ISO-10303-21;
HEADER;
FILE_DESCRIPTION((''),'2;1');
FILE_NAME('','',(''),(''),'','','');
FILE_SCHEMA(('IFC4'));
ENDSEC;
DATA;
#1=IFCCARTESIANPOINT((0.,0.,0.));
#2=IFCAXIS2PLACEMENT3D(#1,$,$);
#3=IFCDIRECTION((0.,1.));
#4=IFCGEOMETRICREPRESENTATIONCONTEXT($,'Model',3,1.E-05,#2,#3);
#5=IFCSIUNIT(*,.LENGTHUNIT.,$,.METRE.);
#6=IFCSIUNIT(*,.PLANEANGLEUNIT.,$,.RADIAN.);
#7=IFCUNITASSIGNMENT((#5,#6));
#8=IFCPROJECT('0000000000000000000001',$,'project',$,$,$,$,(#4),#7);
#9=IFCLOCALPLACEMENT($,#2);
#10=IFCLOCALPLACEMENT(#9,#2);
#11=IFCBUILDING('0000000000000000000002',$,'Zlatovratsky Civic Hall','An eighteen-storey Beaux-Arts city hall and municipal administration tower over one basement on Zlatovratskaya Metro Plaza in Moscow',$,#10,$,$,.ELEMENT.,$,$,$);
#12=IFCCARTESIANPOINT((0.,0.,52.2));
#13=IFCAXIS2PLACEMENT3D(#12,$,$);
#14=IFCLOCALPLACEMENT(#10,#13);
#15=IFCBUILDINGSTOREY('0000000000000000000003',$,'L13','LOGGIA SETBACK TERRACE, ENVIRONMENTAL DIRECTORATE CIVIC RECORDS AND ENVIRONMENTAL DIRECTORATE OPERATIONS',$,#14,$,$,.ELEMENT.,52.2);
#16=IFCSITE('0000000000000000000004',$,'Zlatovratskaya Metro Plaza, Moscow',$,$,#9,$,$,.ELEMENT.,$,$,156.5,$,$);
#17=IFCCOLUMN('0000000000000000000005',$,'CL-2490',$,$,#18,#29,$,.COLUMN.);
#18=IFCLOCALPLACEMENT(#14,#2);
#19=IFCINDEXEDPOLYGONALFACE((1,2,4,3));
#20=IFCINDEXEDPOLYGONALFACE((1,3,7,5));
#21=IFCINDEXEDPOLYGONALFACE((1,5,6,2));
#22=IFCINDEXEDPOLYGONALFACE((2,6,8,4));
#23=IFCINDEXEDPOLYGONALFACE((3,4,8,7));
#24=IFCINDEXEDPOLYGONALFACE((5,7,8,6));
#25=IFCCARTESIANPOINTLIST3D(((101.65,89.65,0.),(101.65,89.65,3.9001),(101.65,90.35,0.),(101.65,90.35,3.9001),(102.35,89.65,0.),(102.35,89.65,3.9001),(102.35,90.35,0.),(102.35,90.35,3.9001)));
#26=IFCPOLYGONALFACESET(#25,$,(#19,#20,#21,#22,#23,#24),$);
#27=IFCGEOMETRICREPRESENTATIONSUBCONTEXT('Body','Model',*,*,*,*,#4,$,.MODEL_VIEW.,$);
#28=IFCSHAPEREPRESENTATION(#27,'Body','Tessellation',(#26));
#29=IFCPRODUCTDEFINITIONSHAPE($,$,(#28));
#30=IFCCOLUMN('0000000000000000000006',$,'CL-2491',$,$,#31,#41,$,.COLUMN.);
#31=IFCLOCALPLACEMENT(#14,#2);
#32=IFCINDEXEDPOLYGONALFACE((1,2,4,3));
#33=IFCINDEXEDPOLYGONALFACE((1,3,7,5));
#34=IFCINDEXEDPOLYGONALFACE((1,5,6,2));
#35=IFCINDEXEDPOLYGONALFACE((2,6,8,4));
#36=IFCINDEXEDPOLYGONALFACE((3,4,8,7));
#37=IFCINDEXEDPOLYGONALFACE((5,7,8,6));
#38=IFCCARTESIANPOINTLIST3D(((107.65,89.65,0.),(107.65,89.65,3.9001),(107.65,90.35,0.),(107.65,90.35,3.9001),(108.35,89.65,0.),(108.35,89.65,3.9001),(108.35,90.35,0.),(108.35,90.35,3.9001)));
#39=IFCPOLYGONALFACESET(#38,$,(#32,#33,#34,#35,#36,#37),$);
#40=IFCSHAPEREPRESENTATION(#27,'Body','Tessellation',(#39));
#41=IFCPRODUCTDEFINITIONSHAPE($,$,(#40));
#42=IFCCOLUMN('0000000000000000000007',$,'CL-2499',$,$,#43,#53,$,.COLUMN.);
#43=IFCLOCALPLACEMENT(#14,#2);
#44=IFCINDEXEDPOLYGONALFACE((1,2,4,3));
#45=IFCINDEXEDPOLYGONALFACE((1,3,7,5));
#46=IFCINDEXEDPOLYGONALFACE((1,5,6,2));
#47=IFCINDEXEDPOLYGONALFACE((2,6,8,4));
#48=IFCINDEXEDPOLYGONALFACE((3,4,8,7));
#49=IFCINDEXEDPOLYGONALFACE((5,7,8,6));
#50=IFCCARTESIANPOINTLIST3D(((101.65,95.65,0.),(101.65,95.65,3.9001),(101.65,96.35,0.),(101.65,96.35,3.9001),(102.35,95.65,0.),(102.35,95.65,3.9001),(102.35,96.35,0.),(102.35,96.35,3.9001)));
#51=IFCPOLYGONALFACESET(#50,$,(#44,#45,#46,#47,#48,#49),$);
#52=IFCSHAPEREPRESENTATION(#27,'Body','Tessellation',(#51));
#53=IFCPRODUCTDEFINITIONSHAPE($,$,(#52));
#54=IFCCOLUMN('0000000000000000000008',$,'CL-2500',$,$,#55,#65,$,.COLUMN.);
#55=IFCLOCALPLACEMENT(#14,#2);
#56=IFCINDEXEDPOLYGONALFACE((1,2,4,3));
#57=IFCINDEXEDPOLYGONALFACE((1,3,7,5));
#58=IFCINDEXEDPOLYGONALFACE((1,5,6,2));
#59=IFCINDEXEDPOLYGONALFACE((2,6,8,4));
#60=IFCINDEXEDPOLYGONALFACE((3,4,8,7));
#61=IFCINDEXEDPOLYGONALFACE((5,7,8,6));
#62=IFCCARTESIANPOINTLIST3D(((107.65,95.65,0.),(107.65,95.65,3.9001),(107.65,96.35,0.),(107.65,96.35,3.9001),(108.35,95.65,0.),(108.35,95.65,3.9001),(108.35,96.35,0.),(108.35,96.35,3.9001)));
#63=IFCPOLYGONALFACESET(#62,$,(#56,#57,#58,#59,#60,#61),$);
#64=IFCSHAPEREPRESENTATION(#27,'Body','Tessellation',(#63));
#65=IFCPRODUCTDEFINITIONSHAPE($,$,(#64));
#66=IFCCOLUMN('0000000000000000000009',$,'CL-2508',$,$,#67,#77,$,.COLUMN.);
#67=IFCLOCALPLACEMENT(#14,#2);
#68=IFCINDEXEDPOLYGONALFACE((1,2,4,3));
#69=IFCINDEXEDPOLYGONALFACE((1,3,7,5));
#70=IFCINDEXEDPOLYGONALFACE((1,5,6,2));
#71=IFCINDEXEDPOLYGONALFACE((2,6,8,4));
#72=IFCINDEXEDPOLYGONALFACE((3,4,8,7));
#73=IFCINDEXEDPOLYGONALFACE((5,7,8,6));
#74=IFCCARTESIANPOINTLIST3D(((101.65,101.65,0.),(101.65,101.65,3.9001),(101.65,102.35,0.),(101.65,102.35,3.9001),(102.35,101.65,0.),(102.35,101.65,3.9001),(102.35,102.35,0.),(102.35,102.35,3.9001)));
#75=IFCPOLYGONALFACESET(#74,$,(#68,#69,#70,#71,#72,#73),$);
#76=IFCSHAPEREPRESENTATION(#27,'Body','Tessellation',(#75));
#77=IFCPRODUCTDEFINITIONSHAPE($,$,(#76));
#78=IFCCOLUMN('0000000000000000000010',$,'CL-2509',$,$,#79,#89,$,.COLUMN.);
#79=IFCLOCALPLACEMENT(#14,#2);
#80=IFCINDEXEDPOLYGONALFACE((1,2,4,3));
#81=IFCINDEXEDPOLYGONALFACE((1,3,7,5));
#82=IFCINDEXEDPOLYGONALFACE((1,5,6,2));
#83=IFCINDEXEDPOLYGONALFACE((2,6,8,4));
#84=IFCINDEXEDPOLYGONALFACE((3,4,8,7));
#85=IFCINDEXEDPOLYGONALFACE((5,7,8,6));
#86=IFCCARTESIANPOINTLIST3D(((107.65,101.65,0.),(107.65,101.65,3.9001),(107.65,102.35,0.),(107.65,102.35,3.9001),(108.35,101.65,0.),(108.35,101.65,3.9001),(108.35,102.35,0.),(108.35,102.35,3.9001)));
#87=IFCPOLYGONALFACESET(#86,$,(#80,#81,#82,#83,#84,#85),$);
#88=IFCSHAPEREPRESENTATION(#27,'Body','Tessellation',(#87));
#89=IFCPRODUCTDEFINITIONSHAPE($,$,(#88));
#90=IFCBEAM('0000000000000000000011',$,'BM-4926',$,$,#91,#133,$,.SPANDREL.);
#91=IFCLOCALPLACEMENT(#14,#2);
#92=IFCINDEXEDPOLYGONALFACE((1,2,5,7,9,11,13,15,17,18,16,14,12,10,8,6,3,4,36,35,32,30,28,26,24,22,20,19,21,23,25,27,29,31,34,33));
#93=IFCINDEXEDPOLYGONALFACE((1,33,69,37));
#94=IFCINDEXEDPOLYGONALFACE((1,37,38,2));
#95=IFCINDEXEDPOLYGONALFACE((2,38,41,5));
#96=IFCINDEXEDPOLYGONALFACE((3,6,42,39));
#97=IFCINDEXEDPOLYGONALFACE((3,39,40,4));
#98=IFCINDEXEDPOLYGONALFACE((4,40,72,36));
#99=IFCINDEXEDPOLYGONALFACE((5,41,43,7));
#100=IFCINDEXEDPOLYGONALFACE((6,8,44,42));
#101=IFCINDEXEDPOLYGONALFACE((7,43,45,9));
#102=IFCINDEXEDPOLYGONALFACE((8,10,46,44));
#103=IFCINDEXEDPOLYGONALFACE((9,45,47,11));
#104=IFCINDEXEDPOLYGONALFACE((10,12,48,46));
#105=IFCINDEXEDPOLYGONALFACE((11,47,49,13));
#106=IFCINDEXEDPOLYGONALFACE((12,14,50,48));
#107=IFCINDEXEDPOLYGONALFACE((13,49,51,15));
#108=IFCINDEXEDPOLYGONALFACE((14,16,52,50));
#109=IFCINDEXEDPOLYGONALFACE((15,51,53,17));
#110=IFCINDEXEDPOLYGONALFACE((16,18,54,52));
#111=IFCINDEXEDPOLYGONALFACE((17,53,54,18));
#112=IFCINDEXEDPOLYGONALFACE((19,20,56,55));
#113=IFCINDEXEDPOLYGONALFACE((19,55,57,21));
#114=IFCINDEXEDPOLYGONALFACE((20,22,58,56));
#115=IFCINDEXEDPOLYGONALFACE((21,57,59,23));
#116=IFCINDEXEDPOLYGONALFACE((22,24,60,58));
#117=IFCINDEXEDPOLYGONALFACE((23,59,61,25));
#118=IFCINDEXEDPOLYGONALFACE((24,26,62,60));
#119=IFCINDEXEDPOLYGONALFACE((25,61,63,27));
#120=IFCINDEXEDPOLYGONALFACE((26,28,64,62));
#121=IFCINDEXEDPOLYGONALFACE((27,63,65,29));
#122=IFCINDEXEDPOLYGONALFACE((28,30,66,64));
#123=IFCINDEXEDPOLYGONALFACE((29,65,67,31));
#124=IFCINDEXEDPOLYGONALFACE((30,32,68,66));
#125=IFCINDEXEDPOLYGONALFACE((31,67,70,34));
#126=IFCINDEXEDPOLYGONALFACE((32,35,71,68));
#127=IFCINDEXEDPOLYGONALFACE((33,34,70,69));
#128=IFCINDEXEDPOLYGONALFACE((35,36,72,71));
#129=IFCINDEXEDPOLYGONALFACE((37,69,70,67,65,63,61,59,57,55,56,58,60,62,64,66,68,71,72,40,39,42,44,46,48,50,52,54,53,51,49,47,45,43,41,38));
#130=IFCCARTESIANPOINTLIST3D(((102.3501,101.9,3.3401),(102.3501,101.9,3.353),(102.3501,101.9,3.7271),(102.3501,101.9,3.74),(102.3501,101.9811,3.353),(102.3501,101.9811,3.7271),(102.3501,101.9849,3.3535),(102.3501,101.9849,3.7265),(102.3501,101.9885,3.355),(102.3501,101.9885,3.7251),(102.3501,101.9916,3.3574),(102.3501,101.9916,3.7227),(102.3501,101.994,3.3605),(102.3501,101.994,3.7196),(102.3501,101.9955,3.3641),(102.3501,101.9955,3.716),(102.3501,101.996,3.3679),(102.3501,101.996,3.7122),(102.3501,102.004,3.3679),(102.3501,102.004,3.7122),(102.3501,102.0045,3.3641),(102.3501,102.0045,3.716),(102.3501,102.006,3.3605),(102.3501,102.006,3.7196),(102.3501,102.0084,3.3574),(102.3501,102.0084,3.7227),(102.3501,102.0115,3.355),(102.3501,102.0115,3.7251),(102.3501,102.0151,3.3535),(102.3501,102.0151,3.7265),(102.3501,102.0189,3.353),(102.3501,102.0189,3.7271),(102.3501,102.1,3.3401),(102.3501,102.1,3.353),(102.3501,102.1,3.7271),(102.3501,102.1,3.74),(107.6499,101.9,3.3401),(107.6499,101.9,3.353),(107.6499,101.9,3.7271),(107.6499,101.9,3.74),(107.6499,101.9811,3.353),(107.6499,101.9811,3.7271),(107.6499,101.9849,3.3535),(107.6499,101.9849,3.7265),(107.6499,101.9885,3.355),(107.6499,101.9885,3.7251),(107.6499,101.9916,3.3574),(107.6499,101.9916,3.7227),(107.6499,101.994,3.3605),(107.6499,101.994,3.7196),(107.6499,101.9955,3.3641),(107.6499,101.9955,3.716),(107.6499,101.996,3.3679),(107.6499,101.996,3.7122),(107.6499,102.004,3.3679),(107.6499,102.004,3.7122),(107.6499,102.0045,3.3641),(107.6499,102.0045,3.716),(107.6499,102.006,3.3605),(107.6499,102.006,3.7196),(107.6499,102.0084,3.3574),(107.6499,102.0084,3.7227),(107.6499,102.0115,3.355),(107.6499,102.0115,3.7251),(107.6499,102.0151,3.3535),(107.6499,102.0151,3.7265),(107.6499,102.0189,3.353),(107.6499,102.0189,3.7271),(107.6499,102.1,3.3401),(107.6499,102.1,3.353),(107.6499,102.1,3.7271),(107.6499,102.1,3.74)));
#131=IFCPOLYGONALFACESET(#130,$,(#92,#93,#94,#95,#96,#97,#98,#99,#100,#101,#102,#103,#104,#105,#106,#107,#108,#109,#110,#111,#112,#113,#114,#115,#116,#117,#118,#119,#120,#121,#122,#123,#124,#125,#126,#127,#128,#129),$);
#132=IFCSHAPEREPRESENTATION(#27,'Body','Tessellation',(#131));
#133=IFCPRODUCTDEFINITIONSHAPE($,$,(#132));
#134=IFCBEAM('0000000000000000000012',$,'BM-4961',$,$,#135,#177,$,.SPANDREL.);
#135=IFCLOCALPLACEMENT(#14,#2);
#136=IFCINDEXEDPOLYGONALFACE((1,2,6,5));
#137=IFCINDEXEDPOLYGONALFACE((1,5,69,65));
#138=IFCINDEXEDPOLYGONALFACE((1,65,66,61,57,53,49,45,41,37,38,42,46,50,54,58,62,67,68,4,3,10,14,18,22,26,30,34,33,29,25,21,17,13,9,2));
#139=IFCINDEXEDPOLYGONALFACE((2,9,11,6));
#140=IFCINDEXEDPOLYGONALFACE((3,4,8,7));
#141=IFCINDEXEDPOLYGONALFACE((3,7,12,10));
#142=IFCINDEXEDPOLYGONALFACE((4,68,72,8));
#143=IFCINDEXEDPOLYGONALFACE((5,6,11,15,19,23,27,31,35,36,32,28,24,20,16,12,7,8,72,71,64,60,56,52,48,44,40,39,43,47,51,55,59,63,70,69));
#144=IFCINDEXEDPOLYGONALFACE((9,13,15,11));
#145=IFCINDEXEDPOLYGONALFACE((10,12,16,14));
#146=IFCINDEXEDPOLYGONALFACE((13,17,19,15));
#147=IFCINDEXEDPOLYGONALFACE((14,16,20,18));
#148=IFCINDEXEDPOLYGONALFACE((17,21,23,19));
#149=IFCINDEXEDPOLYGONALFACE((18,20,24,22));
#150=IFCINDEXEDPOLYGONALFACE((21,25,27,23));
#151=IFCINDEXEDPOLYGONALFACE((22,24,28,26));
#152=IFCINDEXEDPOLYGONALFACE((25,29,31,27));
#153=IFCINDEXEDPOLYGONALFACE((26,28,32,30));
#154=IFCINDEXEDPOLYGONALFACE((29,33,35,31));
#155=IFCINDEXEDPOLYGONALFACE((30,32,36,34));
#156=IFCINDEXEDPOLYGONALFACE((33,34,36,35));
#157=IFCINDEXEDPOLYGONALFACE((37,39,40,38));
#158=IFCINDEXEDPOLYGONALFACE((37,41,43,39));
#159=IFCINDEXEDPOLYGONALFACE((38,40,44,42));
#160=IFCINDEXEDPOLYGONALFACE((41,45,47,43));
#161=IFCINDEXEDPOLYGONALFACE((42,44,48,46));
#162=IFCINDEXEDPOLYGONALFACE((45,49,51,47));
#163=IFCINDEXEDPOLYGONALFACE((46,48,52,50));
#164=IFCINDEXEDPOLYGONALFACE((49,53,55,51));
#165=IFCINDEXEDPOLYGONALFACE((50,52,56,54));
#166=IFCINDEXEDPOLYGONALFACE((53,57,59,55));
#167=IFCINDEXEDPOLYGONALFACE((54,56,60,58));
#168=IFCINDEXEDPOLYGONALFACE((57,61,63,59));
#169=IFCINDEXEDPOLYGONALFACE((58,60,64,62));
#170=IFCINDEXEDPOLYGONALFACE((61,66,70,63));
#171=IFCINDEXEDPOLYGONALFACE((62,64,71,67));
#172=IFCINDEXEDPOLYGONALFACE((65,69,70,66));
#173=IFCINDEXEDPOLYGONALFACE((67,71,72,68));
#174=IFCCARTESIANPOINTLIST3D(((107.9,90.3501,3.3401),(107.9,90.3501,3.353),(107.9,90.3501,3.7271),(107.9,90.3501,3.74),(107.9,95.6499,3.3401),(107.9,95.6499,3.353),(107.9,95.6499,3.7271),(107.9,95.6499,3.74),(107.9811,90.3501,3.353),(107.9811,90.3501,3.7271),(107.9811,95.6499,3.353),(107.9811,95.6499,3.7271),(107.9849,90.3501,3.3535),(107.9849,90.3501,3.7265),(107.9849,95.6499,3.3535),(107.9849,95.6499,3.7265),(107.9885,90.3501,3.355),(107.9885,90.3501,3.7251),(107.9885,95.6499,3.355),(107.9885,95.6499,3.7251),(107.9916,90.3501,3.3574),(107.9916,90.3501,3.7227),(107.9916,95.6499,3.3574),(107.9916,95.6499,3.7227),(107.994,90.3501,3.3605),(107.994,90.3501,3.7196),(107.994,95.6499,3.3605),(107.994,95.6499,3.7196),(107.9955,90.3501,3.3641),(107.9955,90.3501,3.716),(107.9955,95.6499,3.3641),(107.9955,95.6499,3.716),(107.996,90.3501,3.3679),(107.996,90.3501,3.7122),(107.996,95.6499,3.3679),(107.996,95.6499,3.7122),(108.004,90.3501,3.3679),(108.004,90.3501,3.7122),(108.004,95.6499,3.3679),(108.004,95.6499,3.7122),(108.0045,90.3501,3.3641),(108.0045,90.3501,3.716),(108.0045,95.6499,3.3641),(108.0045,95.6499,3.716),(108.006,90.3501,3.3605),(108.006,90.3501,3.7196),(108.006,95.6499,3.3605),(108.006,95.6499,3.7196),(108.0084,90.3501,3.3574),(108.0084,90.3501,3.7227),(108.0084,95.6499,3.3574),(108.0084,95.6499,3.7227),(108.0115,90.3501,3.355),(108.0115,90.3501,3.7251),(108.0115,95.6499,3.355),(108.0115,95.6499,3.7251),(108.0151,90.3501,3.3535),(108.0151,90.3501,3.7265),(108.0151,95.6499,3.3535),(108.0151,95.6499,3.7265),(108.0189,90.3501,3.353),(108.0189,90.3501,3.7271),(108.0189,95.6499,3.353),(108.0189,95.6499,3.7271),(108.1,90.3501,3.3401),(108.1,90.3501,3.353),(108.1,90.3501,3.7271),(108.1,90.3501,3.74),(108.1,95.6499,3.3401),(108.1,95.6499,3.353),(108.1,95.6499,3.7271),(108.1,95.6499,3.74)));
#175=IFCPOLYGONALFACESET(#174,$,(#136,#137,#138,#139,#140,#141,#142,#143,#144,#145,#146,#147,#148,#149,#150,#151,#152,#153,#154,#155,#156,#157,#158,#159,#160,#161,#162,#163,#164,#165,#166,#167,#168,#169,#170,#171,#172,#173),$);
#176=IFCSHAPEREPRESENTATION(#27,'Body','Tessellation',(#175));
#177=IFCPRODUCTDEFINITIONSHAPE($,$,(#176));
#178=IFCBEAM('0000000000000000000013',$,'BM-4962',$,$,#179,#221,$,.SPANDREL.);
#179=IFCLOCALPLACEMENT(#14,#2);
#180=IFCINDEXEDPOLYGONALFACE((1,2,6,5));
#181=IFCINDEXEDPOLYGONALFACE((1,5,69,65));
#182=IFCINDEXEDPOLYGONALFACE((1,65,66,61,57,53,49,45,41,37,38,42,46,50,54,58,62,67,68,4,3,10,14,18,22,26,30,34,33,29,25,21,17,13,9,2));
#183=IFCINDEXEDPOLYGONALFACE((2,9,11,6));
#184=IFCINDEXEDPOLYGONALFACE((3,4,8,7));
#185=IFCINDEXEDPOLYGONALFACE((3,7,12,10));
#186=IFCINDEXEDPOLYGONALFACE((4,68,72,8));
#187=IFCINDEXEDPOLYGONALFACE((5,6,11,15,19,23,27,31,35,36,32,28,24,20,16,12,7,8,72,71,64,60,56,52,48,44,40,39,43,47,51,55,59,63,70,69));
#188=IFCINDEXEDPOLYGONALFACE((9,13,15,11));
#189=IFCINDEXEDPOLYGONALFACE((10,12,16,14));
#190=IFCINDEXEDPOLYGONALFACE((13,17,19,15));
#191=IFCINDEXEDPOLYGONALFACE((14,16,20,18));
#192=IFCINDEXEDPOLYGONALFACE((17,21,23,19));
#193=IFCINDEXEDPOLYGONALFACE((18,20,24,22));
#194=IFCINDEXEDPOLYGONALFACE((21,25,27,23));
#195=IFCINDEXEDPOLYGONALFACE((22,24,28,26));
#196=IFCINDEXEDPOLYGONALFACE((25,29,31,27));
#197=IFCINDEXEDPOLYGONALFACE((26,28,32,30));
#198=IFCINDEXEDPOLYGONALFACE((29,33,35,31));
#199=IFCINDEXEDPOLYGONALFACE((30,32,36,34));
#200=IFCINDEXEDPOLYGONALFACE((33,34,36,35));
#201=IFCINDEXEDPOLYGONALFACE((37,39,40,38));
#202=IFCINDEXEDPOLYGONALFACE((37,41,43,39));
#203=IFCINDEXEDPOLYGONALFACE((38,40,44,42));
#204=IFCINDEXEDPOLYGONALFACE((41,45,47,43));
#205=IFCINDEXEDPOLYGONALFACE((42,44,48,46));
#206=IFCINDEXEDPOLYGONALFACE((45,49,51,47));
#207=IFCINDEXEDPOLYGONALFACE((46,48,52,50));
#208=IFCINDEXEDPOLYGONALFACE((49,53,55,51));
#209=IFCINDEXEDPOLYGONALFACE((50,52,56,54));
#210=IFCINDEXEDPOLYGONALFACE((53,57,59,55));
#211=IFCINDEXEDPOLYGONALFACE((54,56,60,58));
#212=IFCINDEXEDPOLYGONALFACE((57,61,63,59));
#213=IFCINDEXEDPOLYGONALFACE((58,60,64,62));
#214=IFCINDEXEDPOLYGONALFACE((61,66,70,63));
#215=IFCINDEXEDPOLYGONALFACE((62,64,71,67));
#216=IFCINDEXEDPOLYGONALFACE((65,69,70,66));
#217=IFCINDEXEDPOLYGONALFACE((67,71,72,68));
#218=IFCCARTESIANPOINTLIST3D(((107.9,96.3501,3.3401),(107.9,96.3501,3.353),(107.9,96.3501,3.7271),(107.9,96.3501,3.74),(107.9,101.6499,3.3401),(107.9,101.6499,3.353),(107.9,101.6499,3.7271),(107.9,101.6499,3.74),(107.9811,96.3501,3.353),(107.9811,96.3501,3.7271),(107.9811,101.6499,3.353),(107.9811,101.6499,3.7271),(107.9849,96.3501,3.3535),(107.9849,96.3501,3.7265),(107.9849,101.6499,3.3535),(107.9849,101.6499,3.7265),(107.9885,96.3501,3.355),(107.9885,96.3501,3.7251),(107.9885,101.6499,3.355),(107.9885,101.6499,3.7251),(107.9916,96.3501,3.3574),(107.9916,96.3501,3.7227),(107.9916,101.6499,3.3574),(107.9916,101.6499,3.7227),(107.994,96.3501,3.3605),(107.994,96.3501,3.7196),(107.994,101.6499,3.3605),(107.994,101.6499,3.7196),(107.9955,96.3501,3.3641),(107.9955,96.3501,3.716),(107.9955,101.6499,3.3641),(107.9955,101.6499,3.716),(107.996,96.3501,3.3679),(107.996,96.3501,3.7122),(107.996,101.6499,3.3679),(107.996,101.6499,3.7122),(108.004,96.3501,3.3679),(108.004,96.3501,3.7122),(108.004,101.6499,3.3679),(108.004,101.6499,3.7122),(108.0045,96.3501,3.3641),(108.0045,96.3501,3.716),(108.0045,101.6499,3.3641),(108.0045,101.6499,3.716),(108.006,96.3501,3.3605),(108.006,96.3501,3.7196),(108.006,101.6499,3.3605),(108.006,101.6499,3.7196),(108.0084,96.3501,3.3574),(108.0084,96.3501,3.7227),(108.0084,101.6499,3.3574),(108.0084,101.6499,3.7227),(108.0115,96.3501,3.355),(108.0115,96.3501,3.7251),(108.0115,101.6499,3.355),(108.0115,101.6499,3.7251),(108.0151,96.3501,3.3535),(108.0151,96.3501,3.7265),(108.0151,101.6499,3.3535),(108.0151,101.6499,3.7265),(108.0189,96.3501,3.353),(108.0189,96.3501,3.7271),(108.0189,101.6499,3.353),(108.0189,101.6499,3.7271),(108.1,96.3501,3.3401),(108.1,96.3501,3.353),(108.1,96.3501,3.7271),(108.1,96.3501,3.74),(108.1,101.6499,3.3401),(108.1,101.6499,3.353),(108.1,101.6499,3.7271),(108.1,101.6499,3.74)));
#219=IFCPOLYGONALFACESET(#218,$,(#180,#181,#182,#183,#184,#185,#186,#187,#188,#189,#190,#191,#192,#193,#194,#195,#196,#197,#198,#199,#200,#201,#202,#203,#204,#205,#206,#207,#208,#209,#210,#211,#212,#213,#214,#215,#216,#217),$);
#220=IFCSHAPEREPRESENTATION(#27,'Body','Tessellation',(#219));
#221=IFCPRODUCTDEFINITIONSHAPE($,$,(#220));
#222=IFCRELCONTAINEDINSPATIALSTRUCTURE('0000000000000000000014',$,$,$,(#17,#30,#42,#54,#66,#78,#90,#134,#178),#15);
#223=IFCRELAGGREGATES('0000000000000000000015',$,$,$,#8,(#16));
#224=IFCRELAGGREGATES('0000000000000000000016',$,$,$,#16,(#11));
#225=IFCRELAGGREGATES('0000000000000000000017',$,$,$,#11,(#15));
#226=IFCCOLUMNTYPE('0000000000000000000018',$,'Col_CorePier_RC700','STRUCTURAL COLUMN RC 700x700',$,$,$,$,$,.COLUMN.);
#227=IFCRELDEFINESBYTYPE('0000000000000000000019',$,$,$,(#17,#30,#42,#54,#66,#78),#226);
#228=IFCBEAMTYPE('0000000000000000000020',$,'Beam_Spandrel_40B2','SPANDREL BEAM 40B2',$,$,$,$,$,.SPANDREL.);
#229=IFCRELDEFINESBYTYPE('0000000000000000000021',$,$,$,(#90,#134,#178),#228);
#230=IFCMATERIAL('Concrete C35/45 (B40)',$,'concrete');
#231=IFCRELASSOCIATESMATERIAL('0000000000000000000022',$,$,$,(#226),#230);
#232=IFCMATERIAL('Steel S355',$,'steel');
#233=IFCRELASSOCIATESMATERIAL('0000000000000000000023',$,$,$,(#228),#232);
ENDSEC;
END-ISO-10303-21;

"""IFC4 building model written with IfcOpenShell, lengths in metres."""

from ifc_helpers import new_model, si_unit, direction, frame, origin, origin_2d, place, context, subcontext, project, spatial, rectangle, i_section, extrude, material, material_profile, profile_set, type_object, element, save


model = new_model("IFC4")

# Units and contexts
model_context = context("Model", 3, precision=1e-05, world=origin(), true_north=direction((0.0, 1.0)))
body_context = subcontext(model_context, "Body", "Model", "MODEL_VIEW")
ifc_project = project(units=[si_unit("LENGTHUNIT", "METRE"), si_unit("PLANEANGLEUNIT", "RADIAN")], contexts=[model_context])

# Site, building, storey
site_placement = place(None, origin())
site = spatial("IfcSite", under=ifc_project, at=site_placement, Name="Zlatovratskaya Metro Plaza, Moscow", CompositionType="ELEMENT", RefElevation=156.5)
building_placement = place(site_placement, origin())
building = spatial("IfcBuilding", under=site, at=building_placement, Name="Zlatovratsky Civic Hall", Description="An eighteen-storey Beaux-Arts city hall and municipal administration tower over one basement on Zlatovratskaya Metro Plaza in Moscow", CompositionType="ELEMENT")
storey_placement = place(building_placement, frame((0.0, 0.0, 52.2)))
storey = spatial("IfcBuildingStorey", under=building, at=storey_placement, Name="L13", Description="LOGGIA SETBACK TERRACE, ENVIRONMENTAL DIRECTORATE CIVIC RECORDS AND ENVIRONMENTAL DIRECTORATE OPERATIONS", CompositionType="ELEMENT", Elevation=52.2)

# Columns
ifc_material_1 = material(Name="Concrete C35/45 (B40)", Category="concrete")
ifc_material_profile_1 = material_profile(ifc_material_1, rectangle(XDim=0.7, YDim=0.7, at=origin_2d()), Name="RC 700x700")
ifc_profile_set_1 = profile_set([ifc_material_profile_1], Name="Concrete C35/45 (B40)")
column_type = type_object("IfcColumnType", Name="Col_CorePier_RC700", Description="STRUCTURAL COLUMN RC 700x700", PredefinedType="COLUMN", material=ifc_profile_set_1)
for number, where, z_axis, x_axis, name in (
    (1, (102.0, 90.0, 0.0), (0.0, 0.0, 1.0), (1.0, 0.0, 0.0), "CL-2490"),
    (2, (108.0, 90.0, 0.0), (0.0, 0.0, 1.0), (1.0, 0.0, 0.0), "CL-2491"),
    (3, (102.0, 96.0, 0.0), (0.0, 0.0, 1.0), (1.0, 0.0, 0.0), "CL-2499"),
    (4, (108.0, 96.0, 0.0), (0.0, 0.0, 1.0), (1.0, 0.0, 0.0), "CL-2500"),
    (5, (102.0, 102.0, 0.0), (0.0, 0.0, 1.0), (1.0, 0.0, 0.0), "CL-2508"),
    (6, (108.0, 102.0, 0.0), (0.0, 0.0, 1.0), (1.0, 0.0, 0.0), "CL-2509"),
):
    element("IfcColumn", number, at=place(storey_placement, frame(where, z_axis=z_axis, x_axis=x_axis)), inside=storey, type_object=column_type, Name=name, PredefinedType="COLUMN", context=body_context, shape_type="SweptSolid", body=[
        extrude(rectangle(XDim=0.7, YDim=0.7, at=origin_2d()), origin(), (0.0, 0.0, 1.0), 3.9001),
    ])

# Beams
ifc_material_2 = material(Name="Steel S355", Category="steel")
ifc_material_profile_2 = material_profile(ifc_material_2, i_section(OverallWidth=0.2, OverallDepth=0.3999, WebThickness=0.0081, FlangeThickness=0.0129, FilletRadius=0.0149, at=origin_2d()), Name="40B2")
ifc_profile_set_2 = profile_set([ifc_material_profile_2], Name="Steel S355")
beam_type_1 = type_object("IfcBeamType", Name="Beam_Spandrel_40B2", Description="SPANDREL BEAM 40B2", PredefinedType="SPANDREL", material=ifc_profile_set_2)
for number, where, z_axis, x_axis, name in (
    (7, (102.3501, 102.0, 3.54), (1.0, 0.0, 0.0), (0.0, 1.0, 0.0), "BM-4926"),
    (8, (108.0, 90.3501, 3.54), (0.0, 1.0, 0.0), (-1.0, 0.0, 0.0), "BM-4961"),
    (9, (108.0, 96.3501, 3.54), (0.0, 1.0, 0.0), (-1.0, 0.0, 0.0), "BM-4962"),
):
    element("IfcBeam", number, at=place(storey_placement, frame(where, z_axis=z_axis, x_axis=x_axis)), inside=storey, type_object=beam_type_1, Name=name, PredefinedType="SPANDREL", context=body_context, shape_type="SweptSolid", body=[
        extrude(i_section(OverallWidth=0.2, OverallDepth=0.3999, WebThickness=0.0081, FlangeThickness=0.0129, FilletRadius=0.0149, at=origin_2d()), origin(), (0.0, 0.0, 1.0), 5.2998),
    ])

save(model, "model.ifc")
